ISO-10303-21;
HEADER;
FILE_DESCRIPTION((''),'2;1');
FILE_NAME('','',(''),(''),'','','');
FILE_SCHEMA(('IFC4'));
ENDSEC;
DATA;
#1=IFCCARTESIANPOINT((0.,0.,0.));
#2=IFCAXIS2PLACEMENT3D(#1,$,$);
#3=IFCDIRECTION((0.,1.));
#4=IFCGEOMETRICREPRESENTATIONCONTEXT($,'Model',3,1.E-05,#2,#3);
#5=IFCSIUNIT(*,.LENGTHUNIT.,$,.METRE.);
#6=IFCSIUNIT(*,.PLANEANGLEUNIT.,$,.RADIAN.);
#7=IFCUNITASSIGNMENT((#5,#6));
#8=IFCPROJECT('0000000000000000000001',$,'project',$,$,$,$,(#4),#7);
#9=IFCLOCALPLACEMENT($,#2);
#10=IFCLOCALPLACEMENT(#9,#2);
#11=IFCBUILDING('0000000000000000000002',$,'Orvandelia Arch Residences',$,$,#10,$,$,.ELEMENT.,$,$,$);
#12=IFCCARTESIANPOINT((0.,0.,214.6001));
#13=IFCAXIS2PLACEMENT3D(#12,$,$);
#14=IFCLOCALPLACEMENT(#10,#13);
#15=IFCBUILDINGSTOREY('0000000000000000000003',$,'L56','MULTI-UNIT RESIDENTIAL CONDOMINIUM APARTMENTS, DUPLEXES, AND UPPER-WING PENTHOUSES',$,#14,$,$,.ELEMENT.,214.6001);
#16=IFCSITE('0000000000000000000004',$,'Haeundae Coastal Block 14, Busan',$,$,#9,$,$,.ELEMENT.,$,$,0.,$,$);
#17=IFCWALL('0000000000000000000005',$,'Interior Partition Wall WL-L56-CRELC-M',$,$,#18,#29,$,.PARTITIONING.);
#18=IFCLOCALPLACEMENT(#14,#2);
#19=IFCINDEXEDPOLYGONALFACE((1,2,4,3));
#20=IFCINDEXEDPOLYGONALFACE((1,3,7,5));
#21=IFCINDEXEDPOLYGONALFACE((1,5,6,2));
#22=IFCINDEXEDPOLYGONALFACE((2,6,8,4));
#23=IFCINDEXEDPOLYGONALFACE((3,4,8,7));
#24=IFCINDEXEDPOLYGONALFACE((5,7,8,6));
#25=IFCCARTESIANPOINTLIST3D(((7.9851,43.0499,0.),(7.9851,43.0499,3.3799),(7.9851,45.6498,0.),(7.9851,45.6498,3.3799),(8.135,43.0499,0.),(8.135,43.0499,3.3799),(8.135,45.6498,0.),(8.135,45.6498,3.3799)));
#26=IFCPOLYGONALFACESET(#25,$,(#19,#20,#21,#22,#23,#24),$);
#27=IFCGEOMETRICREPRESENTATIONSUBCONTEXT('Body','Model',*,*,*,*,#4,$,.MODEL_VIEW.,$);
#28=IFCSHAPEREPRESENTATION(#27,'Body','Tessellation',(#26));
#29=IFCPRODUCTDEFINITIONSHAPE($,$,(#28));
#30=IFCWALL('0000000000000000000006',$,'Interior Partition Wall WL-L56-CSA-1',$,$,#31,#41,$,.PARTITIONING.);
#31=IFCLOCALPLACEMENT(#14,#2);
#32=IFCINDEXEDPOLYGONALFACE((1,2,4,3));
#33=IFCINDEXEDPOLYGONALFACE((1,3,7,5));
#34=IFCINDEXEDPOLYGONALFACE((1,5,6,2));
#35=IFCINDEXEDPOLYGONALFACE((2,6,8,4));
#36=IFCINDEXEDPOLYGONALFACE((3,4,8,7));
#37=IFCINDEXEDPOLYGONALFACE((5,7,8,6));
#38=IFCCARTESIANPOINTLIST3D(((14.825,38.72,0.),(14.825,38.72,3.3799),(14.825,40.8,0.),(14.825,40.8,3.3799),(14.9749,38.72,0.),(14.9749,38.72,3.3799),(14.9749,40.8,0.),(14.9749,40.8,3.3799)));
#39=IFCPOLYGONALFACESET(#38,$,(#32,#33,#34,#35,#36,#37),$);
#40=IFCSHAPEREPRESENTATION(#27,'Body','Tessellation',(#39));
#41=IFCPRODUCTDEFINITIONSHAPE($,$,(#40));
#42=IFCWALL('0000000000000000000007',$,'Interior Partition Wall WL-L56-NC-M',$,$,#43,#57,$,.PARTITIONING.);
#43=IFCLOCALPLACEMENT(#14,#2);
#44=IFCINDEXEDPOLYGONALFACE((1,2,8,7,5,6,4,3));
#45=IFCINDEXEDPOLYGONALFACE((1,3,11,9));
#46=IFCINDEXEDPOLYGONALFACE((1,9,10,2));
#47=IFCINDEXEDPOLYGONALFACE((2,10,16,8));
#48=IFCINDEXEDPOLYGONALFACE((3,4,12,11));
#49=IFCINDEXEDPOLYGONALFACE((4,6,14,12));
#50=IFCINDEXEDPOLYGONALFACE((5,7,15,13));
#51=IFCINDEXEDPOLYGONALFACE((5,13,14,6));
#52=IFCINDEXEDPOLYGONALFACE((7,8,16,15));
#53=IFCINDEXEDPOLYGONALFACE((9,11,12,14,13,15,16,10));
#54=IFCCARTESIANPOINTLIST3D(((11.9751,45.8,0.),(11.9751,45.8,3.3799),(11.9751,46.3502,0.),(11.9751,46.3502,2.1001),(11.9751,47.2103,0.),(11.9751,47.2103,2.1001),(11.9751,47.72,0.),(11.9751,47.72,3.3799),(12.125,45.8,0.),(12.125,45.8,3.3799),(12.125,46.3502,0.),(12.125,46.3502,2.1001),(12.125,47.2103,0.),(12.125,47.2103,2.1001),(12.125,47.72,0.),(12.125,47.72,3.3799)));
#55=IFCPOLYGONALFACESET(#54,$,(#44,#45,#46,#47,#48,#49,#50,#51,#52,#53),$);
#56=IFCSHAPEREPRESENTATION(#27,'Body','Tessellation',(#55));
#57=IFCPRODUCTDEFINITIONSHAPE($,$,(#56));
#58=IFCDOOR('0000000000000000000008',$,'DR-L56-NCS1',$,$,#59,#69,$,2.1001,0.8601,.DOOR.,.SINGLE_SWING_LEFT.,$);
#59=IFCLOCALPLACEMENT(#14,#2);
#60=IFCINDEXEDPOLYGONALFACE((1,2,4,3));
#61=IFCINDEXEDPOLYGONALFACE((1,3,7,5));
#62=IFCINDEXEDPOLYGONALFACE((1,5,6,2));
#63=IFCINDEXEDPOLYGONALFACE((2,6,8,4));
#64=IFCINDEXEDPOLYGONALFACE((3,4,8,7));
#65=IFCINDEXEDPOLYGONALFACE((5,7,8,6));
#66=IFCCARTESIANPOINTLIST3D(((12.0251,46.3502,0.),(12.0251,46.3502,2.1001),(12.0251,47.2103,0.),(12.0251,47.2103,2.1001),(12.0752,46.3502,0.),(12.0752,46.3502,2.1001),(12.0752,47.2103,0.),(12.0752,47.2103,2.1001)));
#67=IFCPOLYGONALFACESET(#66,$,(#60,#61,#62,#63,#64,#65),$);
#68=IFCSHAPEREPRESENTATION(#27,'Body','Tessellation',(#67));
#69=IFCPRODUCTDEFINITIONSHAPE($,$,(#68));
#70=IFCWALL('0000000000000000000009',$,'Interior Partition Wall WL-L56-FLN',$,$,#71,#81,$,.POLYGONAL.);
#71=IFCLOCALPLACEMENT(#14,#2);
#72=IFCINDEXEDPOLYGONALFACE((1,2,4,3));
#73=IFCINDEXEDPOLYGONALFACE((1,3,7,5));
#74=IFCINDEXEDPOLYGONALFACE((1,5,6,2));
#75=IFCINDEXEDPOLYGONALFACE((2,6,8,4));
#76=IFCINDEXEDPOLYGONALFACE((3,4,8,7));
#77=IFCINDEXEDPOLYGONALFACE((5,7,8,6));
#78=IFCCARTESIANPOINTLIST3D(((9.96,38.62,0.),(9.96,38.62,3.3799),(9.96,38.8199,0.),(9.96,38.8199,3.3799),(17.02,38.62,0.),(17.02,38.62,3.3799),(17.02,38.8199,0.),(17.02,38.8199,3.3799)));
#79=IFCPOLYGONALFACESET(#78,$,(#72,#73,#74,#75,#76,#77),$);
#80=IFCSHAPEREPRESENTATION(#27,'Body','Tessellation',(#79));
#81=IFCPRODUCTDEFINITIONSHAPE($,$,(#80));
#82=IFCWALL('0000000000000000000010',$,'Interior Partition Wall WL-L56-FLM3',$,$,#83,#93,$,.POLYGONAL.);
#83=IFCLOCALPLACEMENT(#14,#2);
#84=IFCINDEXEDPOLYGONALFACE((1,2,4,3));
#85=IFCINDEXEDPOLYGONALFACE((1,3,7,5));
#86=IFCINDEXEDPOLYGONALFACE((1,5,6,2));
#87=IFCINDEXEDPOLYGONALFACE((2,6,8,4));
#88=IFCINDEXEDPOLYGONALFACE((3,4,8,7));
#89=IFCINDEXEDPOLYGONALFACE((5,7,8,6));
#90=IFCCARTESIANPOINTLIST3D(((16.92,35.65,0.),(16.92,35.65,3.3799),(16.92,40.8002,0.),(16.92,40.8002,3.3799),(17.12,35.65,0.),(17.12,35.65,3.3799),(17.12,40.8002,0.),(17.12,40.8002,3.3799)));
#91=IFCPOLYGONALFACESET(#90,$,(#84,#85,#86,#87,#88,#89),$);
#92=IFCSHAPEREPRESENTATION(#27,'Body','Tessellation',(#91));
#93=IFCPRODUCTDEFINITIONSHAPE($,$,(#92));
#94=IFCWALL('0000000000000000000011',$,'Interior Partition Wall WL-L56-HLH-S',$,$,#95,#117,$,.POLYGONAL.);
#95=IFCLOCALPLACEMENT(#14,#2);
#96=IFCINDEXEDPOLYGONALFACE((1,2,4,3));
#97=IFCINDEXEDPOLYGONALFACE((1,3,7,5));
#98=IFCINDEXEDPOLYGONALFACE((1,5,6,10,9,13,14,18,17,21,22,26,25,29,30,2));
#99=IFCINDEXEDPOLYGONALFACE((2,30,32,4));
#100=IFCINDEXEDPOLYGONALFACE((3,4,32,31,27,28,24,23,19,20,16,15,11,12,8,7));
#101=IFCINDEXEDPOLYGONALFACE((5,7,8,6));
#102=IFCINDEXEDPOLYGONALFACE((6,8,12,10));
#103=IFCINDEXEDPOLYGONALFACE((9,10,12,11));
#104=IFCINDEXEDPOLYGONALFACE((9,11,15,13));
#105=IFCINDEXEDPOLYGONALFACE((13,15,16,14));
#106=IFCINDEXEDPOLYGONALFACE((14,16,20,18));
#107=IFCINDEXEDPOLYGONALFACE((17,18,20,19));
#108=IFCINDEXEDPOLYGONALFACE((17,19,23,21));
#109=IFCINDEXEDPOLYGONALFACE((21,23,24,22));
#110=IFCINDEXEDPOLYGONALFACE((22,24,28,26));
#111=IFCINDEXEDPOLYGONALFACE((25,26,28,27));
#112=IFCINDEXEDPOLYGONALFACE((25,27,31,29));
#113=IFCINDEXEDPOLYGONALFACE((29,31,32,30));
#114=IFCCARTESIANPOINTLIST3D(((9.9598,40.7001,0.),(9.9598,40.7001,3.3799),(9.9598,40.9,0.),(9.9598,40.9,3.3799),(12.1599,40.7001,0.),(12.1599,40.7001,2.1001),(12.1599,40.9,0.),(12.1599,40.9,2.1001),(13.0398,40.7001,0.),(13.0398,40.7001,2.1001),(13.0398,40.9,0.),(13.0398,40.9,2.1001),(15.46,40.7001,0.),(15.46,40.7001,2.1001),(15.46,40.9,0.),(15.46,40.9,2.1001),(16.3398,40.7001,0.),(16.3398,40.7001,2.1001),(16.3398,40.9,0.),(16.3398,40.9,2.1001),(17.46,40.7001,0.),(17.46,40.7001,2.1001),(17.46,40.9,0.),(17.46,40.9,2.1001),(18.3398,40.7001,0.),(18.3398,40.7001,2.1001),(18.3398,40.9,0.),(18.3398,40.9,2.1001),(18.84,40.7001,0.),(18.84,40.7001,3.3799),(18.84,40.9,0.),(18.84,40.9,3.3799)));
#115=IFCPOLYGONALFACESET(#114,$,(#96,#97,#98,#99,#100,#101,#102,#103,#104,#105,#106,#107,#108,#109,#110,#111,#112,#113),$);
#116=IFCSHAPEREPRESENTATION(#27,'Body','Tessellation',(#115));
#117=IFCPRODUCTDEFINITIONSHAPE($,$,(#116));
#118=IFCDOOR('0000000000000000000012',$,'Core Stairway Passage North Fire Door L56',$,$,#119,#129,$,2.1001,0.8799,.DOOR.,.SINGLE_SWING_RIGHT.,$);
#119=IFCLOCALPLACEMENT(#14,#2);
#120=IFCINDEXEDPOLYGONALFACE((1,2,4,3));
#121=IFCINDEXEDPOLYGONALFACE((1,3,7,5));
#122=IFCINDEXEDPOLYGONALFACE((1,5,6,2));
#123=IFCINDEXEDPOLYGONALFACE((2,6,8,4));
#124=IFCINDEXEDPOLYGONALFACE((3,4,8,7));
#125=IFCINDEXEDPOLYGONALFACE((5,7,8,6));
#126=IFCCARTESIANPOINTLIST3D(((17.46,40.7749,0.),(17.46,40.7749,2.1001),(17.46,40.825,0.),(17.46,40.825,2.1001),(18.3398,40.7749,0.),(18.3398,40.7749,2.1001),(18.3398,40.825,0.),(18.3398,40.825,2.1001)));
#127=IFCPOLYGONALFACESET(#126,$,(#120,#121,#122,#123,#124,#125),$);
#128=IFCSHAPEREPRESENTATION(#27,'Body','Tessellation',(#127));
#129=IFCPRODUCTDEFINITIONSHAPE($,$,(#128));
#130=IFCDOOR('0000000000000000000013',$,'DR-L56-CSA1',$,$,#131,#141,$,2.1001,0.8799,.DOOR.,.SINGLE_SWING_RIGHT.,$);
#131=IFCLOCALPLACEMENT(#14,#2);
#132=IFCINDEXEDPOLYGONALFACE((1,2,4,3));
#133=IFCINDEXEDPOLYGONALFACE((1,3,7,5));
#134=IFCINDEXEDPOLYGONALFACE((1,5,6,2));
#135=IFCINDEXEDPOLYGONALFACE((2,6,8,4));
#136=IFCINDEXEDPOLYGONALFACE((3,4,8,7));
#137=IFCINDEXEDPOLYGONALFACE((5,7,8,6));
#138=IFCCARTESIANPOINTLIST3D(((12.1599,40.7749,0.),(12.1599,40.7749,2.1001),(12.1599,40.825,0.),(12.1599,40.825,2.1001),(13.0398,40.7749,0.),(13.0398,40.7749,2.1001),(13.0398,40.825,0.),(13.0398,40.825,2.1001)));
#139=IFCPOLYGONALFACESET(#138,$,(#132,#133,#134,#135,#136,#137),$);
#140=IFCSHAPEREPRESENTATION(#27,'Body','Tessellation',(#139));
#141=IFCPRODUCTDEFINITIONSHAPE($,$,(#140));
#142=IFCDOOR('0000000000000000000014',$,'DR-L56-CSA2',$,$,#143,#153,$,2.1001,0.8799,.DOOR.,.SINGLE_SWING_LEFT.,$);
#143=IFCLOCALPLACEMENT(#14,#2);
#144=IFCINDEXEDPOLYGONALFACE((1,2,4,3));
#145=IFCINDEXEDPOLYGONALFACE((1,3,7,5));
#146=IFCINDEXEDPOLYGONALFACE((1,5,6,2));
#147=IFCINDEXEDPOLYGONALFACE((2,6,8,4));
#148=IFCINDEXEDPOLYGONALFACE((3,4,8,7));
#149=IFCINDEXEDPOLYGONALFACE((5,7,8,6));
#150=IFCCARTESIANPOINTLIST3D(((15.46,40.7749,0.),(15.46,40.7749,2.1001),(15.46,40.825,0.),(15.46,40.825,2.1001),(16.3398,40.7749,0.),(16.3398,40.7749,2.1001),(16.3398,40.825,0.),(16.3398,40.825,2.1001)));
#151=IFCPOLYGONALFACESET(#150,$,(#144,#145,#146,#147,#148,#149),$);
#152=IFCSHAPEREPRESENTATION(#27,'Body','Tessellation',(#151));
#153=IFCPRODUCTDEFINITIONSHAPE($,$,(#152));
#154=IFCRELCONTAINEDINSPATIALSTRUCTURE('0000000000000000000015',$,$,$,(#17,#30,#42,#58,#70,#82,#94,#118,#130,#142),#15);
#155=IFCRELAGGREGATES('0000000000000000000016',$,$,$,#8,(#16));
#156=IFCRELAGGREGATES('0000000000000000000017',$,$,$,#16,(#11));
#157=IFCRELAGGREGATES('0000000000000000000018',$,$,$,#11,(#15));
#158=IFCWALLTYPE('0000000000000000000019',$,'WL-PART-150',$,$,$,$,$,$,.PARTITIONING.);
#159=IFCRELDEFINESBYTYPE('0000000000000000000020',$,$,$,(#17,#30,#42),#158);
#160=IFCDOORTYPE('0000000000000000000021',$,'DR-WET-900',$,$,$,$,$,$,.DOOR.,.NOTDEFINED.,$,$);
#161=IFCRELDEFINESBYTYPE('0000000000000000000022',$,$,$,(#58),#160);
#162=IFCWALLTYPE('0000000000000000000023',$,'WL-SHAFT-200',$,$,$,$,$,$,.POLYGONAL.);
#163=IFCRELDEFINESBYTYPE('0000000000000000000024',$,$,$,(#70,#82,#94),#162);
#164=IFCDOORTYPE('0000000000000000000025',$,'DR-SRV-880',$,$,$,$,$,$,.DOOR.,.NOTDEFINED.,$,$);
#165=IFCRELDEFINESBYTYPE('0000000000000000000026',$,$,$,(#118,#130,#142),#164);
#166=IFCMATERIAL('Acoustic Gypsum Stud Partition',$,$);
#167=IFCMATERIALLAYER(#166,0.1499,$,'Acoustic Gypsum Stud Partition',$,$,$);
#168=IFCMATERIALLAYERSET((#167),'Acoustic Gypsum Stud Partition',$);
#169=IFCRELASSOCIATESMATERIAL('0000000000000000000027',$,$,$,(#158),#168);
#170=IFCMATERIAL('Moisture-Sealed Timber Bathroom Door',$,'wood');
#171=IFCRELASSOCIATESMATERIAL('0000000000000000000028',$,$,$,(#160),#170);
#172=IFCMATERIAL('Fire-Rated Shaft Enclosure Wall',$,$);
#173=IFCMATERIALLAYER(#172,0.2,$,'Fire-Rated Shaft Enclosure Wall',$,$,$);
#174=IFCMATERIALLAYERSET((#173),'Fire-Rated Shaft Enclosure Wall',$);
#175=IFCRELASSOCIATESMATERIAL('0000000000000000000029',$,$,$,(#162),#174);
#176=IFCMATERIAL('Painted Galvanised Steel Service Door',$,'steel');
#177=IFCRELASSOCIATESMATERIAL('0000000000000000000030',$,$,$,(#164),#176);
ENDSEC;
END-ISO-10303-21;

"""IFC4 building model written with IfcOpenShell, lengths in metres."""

from ifc_helpers import new_model, si_unit, direction, frame, frame_2d, origin, place, context, subcontext, project, spatial, rectangle, extrude, material, layer, layer_set, type_object, element, fill, save


model = new_model("IFC4")

# Units and contexts
model_context = context("Model", 3, precision=1e-05, world=origin(), true_north=direction((0.0, 1.0)))
body_context = subcontext(model_context, "Body", "Model", "MODEL_VIEW")
ifc_project = project(units=[si_unit("LENGTHUNIT", "METRE"), si_unit("PLANEANGLEUNIT", "RADIAN")], contexts=[model_context])

# Site, building, storey
site_placement = place(None, origin())
site = spatial("IfcSite", under=ifc_project, at=site_placement, Name="Haeundae Coastal Block 14, Busan", CompositionType="ELEMENT", RefElevation=0.0)
building_placement = place(site_placement, origin())
building = spatial("IfcBuilding", under=site, at=building_placement, Name="Orvandelia Arch Residences", CompositionType="ELEMENT")
storey_placement = place(building_placement, frame((0.0, 0.0, 214.6001)))
storey = spatial("IfcBuildingStorey", under=building, at=storey_placement, Name="L56", Description="MULTI-UNIT RESIDENTIAL CONDOMINIUM APARTMENTS, DUPLEXES, AND UPPER-WING PENTHOUSES", CompositionType="ELEMENT", Elevation=214.6001)

# Walls
ifc_material_1 = material(Name="Acoustic Gypsum Stud Partition")
ifc_layer_1 = layer(ifc_material_1, 0.1499, Name="Acoustic Gypsum Stud Partition")
ifc_layer_set_1 = layer_set([ifc_layer_1], Name="Acoustic Gypsum Stud Partition")
wall_type_1 = type_object("IfcWallType", Name="WL-PART-150", PredefinedType="PARTITIONING", material=ifc_layer_set_1)
wall_1_placement = place(storey_placement, frame((8.0601, 43.05, 0.0), z_axis=(0.0, 0.0, 1.0), x_axis=(0.0, 1.0, 0.0)))
element("IfcWall", 1, at=wall_1_placement, inside=storey, type_object=wall_type_1, Name="Interior Partition Wall WL-L56-CRELC-M", PredefinedType="PARTITIONING", context=body_context, shape_type="SweptSolid", body=[
    extrude(rectangle(XDim=2.5999, YDim=0.1499, at=frame_2d((1.2998, 0.0))), origin(), (0.0, 0.0, 1.0), 3.3799),
])
wall_2_placement = place(storey_placement, frame((14.8999, 38.72, 0.0), z_axis=(0.0, 0.0, 1.0), x_axis=(0.0, 1.0, 0.0)))
element("IfcWall", 2, at=wall_2_placement, inside=storey, type_object=wall_type_1, Name="Interior Partition Wall WL-L56-CSA-1", PredefinedType="PARTITIONING", context=body_context, shape_type="SweptSolid", body=[
    extrude(rectangle(XDim=2.0801, YDim=0.1499, at=frame_2d((1.04, 0.0))), origin(), (0.0, 0.0, 1.0), 3.3799),
])

# Wall, opening, door
wall_3_placement = place(storey_placement, frame((12.05, 45.8, 0.0), z_axis=(0.0, 0.0, 1.0), x_axis=(0.0, 1.0, 0.0)))
wall_3 = element("IfcWall", 3, at=wall_3_placement, inside=storey, type_object=wall_type_1, Name="Interior Partition Wall WL-L56-NC-M", PredefinedType="PARTITIONING", context=body_context, shape_type="SweptSolid", body=[
    extrude(rectangle(XDim=1.9199, YDim=0.1499, at=frame_2d((0.96, 0.0))), origin(), (0.0, 0.0, 1.0), 3.3799),
])
opening_1_placement = place(wall_3_placement, frame((0.55, 0.0, 0.0)))
opening_1 = element("IfcOpeningElement", 4, at=opening_1_placement, cuts=wall_3, PredefinedType="OPENING", context=body_context, shape_type="SweptSolid", body=[
    extrude(rectangle(XDim=0.8601, YDim=2.1001, at=frame_2d((0.4302, 1.05))), frame((0.0, 0.085, 0.0), z_axis=(0.0, -1.0, 0.0), x_axis=(1.0, 0.0, 0.0)), (0.0, 0.0, 1.0), 0.1699),
])
ifc_material_2 = material(Name="Moisture-Sealed Timber Bathroom Door", Category="wood")
door_type_1 = type_object("IfcDoorType", Name="DR-WET-900", OperationType="NOTDEFINED", PredefinedType="DOOR", material=ifc_material_2)
door_1_placement = place(opening_1_placement, origin())
door_1 = element("IfcDoor", 5, at=door_1_placement, inside=storey, type_object=door_type_1, Name="DR-L56-NCS1", OperationType="SINGLE_SWING_LEFT", OverallHeight=2.1001, OverallWidth=0.8601, PredefinedType="DOOR", context=body_context, shape_type="SweptSolid", body=[
    extrude(rectangle(XDim=0.8601, YDim=2.1001, at=frame_2d((0.4302, 1.05))), frame((0.0, 0.0249, 0.0), z_axis=(0.0, -1.0, 0.0), x_axis=(1.0, 0.0, 0.0)), (0.0, 0.0, 1.0), 0.05),
])
fill(opening_1, door_1)

# Walls
ifc_material_3 = material(Name="Fire-Rated Shaft Enclosure Wall")
ifc_layer_2 = layer(ifc_material_3, 0.2, Name="Fire-Rated Shaft Enclosure Wall")
ifc_layer_set_2 = layer_set([ifc_layer_2], Name="Fire-Rated Shaft Enclosure Wall")
wall_type_2 = type_object("IfcWallType", Name="WL-SHAFT-200", PredefinedType="POLYGONAL", material=ifc_layer_set_2)
wall_4_placement = place(storey_placement, frame((9.96, 38.72, 0.0), z_axis=(0.0, 0.0, 1.0), x_axis=(1.0, 0.0, 0.0)))
element("IfcWall", 6, at=wall_4_placement, inside=storey, type_object=wall_type_2, Name="Interior Partition Wall WL-L56-FLN", PredefinedType="POLYGONAL", context=body_context, shape_type="SweptSolid", body=[
    extrude(rectangle(XDim=7.0601, YDim=0.2, at=frame_2d((3.53, 0.0))), origin(), (0.0, 0.0, 1.0), 3.3799),
])
wall_5_placement = place(storey_placement, frame((17.02, 35.6499, 0.0), z_axis=(0.0, 0.0, 1.0), x_axis=(0.0, 1.0, 0.0)))
element("IfcWall", 7, at=wall_5_placement, inside=storey, type_object=wall_type_2, Name="Interior Partition Wall WL-L56-FLM3", PredefinedType="POLYGONAL", context=body_context, shape_type="SweptSolid", body=[
    extrude(rectangle(XDim=5.1501, YDim=0.2, at=frame_2d((2.5752, 0.0))), origin(), (0.0, 0.0, 1.0), 3.3799),
])

# Wall, openings, doors
wall_6_placement = place(storey_placement, frame((9.96, 40.8, 0.0), z_axis=(0.0, 0.0, 1.0), x_axis=(1.0, 0.0, 0.0)))
wall_6 = element("IfcWall", 8, at=wall_6_placement, inside=storey, type_object=wall_type_2, Name="Interior Partition Wall WL-L56-HLH-S", PredefinedType="POLYGONAL", context=body_context, shape_type="SweptSolid", body=[
    extrude(rectangle(XDim=8.8801, YDim=0.2, at=frame_2d((4.4399, 0.0))), origin(), (0.0, 0.0, 1.0), 3.3799),
])
opening_2_placement = place(wall_6_placement, frame((7.5, 0.0, 0.0)))
opening_2 = element("IfcOpeningElement", 9, at=opening_2_placement, cuts=wall_6, PredefinedType="OPENING", context=body_context, shape_type="SweptSolid", body=[
    extrude(rectangle(XDim=0.8799, YDim=2.1001, at=frame_2d((0.4399, 1.05))), frame((0.0, 0.1099, 0.0), z_axis=(0.0, -1.0, 0.0), x_axis=(1.0, 0.0, 0.0)), (0.0, 0.0, 1.0), 0.22),
])
opening_3_placement = place(wall_6_placement, frame((2.2, 0.0, 0.0)))
opening_3 = element("IfcOpeningElement", 10, at=opening_3_placement, cuts=wall_6, PredefinedType="OPENING", context=body_context, shape_type="SweptSolid", body=[
    extrude(rectangle(XDim=0.8799, YDim=2.1001, at=frame_2d((0.4399, 1.05))), frame((0.0, 0.1099, 0.0), z_axis=(0.0, -1.0, 0.0), x_axis=(1.0, 0.0, 0.0)), (0.0, 0.0, 1.0), 0.22),
])
opening_4_placement = place(wall_6_placement, frame((5.5, 0.0, 0.0)))
opening_4 = element("IfcOpeningElement", 11, at=opening_4_placement, cuts=wall_6, PredefinedType="OPENING", context=body_context, shape_type="SweptSolid", body=[
    extrude(rectangle(XDim=0.8799, YDim=2.1001, at=frame_2d((0.4399, 1.05))), frame((0.0, 0.1099, 0.0), z_axis=(0.0, -1.0, 0.0), x_axis=(1.0, 0.0, 0.0)), (0.0, 0.0, 1.0), 0.22),
])
ifc_material_4 = material(Name="Painted Galvanised Steel Service Door", Category="steel")
door_type_2 = type_object("IfcDoorType", Name="DR-SRV-880", OperationType="NOTDEFINED", PredefinedType="DOOR", material=ifc_material_4)
door_2_placement = place(opening_2_placement, origin())
door_2 = element("IfcDoor", 12, at=door_2_placement, inside=storey, type_object=door_type_2, Name="Core Stairway Passage North Fire Door L56", OperationType="SINGLE_SWING_RIGHT", OverallHeight=2.1001, OverallWidth=0.8799, PredefinedType="DOOR", context=body_context, shape_type="SweptSolid", body=[
    extrude(rectangle(XDim=0.8799, YDim=2.1001, at=frame_2d((0.4399, 1.05))), frame((0.0, 0.0249, 0.0), z_axis=(0.0, -1.0, 0.0), x_axis=(1.0, 0.0, 0.0)), (0.0, 0.0, 1.0), 0.05),
])
fill(opening_2, door_2)
door_3_placement = place(opening_3_placement, origin())
door_3 = element("IfcDoor", 13, at=door_3_placement, inside=storey, type_object=door_type_2, Name="DR-L56-CSA1", OperationType="SINGLE_SWING_RIGHT", OverallHeight=2.1001, OverallWidth=0.8799, PredefinedType="DOOR", context=body_context, shape_type="SweptSolid", body=[
    extrude(rectangle(XDim=0.8799, YDim=2.1001, at=frame_2d((0.4399, 1.05))), frame((0.0, 0.0249, 0.0), z_axis=(0.0, -1.0, 0.0), x_axis=(1.0, 0.0, 0.0)), (0.0, 0.0, 1.0), 0.05),
])
fill(opening_3, door_3)
door_4_placement = place(opening_4_placement, origin())
door_4 = element("IfcDoor", 14, at=door_4_placement, inside=storey, type_object=door_type_2, Name="DR-L56-CSA2", OperationType="SINGLE_SWING_LEFT", OverallHeight=2.1001, OverallWidth=0.8799, PredefinedType="DOOR", context=body_context, shape_type="SweptSolid", body=[
    extrude(rectangle(XDim=0.8799, YDim=2.1001, at=frame_2d((0.4399, 1.05))), frame((0.0, 0.0249, 0.0), z_axis=(0.0, -1.0, 0.0), x_axis=(1.0, 0.0, 0.0)), (0.0, 0.0, 1.0), 0.05),
])
fill(opening_4, door_4)

save(model, "model.ifc")
